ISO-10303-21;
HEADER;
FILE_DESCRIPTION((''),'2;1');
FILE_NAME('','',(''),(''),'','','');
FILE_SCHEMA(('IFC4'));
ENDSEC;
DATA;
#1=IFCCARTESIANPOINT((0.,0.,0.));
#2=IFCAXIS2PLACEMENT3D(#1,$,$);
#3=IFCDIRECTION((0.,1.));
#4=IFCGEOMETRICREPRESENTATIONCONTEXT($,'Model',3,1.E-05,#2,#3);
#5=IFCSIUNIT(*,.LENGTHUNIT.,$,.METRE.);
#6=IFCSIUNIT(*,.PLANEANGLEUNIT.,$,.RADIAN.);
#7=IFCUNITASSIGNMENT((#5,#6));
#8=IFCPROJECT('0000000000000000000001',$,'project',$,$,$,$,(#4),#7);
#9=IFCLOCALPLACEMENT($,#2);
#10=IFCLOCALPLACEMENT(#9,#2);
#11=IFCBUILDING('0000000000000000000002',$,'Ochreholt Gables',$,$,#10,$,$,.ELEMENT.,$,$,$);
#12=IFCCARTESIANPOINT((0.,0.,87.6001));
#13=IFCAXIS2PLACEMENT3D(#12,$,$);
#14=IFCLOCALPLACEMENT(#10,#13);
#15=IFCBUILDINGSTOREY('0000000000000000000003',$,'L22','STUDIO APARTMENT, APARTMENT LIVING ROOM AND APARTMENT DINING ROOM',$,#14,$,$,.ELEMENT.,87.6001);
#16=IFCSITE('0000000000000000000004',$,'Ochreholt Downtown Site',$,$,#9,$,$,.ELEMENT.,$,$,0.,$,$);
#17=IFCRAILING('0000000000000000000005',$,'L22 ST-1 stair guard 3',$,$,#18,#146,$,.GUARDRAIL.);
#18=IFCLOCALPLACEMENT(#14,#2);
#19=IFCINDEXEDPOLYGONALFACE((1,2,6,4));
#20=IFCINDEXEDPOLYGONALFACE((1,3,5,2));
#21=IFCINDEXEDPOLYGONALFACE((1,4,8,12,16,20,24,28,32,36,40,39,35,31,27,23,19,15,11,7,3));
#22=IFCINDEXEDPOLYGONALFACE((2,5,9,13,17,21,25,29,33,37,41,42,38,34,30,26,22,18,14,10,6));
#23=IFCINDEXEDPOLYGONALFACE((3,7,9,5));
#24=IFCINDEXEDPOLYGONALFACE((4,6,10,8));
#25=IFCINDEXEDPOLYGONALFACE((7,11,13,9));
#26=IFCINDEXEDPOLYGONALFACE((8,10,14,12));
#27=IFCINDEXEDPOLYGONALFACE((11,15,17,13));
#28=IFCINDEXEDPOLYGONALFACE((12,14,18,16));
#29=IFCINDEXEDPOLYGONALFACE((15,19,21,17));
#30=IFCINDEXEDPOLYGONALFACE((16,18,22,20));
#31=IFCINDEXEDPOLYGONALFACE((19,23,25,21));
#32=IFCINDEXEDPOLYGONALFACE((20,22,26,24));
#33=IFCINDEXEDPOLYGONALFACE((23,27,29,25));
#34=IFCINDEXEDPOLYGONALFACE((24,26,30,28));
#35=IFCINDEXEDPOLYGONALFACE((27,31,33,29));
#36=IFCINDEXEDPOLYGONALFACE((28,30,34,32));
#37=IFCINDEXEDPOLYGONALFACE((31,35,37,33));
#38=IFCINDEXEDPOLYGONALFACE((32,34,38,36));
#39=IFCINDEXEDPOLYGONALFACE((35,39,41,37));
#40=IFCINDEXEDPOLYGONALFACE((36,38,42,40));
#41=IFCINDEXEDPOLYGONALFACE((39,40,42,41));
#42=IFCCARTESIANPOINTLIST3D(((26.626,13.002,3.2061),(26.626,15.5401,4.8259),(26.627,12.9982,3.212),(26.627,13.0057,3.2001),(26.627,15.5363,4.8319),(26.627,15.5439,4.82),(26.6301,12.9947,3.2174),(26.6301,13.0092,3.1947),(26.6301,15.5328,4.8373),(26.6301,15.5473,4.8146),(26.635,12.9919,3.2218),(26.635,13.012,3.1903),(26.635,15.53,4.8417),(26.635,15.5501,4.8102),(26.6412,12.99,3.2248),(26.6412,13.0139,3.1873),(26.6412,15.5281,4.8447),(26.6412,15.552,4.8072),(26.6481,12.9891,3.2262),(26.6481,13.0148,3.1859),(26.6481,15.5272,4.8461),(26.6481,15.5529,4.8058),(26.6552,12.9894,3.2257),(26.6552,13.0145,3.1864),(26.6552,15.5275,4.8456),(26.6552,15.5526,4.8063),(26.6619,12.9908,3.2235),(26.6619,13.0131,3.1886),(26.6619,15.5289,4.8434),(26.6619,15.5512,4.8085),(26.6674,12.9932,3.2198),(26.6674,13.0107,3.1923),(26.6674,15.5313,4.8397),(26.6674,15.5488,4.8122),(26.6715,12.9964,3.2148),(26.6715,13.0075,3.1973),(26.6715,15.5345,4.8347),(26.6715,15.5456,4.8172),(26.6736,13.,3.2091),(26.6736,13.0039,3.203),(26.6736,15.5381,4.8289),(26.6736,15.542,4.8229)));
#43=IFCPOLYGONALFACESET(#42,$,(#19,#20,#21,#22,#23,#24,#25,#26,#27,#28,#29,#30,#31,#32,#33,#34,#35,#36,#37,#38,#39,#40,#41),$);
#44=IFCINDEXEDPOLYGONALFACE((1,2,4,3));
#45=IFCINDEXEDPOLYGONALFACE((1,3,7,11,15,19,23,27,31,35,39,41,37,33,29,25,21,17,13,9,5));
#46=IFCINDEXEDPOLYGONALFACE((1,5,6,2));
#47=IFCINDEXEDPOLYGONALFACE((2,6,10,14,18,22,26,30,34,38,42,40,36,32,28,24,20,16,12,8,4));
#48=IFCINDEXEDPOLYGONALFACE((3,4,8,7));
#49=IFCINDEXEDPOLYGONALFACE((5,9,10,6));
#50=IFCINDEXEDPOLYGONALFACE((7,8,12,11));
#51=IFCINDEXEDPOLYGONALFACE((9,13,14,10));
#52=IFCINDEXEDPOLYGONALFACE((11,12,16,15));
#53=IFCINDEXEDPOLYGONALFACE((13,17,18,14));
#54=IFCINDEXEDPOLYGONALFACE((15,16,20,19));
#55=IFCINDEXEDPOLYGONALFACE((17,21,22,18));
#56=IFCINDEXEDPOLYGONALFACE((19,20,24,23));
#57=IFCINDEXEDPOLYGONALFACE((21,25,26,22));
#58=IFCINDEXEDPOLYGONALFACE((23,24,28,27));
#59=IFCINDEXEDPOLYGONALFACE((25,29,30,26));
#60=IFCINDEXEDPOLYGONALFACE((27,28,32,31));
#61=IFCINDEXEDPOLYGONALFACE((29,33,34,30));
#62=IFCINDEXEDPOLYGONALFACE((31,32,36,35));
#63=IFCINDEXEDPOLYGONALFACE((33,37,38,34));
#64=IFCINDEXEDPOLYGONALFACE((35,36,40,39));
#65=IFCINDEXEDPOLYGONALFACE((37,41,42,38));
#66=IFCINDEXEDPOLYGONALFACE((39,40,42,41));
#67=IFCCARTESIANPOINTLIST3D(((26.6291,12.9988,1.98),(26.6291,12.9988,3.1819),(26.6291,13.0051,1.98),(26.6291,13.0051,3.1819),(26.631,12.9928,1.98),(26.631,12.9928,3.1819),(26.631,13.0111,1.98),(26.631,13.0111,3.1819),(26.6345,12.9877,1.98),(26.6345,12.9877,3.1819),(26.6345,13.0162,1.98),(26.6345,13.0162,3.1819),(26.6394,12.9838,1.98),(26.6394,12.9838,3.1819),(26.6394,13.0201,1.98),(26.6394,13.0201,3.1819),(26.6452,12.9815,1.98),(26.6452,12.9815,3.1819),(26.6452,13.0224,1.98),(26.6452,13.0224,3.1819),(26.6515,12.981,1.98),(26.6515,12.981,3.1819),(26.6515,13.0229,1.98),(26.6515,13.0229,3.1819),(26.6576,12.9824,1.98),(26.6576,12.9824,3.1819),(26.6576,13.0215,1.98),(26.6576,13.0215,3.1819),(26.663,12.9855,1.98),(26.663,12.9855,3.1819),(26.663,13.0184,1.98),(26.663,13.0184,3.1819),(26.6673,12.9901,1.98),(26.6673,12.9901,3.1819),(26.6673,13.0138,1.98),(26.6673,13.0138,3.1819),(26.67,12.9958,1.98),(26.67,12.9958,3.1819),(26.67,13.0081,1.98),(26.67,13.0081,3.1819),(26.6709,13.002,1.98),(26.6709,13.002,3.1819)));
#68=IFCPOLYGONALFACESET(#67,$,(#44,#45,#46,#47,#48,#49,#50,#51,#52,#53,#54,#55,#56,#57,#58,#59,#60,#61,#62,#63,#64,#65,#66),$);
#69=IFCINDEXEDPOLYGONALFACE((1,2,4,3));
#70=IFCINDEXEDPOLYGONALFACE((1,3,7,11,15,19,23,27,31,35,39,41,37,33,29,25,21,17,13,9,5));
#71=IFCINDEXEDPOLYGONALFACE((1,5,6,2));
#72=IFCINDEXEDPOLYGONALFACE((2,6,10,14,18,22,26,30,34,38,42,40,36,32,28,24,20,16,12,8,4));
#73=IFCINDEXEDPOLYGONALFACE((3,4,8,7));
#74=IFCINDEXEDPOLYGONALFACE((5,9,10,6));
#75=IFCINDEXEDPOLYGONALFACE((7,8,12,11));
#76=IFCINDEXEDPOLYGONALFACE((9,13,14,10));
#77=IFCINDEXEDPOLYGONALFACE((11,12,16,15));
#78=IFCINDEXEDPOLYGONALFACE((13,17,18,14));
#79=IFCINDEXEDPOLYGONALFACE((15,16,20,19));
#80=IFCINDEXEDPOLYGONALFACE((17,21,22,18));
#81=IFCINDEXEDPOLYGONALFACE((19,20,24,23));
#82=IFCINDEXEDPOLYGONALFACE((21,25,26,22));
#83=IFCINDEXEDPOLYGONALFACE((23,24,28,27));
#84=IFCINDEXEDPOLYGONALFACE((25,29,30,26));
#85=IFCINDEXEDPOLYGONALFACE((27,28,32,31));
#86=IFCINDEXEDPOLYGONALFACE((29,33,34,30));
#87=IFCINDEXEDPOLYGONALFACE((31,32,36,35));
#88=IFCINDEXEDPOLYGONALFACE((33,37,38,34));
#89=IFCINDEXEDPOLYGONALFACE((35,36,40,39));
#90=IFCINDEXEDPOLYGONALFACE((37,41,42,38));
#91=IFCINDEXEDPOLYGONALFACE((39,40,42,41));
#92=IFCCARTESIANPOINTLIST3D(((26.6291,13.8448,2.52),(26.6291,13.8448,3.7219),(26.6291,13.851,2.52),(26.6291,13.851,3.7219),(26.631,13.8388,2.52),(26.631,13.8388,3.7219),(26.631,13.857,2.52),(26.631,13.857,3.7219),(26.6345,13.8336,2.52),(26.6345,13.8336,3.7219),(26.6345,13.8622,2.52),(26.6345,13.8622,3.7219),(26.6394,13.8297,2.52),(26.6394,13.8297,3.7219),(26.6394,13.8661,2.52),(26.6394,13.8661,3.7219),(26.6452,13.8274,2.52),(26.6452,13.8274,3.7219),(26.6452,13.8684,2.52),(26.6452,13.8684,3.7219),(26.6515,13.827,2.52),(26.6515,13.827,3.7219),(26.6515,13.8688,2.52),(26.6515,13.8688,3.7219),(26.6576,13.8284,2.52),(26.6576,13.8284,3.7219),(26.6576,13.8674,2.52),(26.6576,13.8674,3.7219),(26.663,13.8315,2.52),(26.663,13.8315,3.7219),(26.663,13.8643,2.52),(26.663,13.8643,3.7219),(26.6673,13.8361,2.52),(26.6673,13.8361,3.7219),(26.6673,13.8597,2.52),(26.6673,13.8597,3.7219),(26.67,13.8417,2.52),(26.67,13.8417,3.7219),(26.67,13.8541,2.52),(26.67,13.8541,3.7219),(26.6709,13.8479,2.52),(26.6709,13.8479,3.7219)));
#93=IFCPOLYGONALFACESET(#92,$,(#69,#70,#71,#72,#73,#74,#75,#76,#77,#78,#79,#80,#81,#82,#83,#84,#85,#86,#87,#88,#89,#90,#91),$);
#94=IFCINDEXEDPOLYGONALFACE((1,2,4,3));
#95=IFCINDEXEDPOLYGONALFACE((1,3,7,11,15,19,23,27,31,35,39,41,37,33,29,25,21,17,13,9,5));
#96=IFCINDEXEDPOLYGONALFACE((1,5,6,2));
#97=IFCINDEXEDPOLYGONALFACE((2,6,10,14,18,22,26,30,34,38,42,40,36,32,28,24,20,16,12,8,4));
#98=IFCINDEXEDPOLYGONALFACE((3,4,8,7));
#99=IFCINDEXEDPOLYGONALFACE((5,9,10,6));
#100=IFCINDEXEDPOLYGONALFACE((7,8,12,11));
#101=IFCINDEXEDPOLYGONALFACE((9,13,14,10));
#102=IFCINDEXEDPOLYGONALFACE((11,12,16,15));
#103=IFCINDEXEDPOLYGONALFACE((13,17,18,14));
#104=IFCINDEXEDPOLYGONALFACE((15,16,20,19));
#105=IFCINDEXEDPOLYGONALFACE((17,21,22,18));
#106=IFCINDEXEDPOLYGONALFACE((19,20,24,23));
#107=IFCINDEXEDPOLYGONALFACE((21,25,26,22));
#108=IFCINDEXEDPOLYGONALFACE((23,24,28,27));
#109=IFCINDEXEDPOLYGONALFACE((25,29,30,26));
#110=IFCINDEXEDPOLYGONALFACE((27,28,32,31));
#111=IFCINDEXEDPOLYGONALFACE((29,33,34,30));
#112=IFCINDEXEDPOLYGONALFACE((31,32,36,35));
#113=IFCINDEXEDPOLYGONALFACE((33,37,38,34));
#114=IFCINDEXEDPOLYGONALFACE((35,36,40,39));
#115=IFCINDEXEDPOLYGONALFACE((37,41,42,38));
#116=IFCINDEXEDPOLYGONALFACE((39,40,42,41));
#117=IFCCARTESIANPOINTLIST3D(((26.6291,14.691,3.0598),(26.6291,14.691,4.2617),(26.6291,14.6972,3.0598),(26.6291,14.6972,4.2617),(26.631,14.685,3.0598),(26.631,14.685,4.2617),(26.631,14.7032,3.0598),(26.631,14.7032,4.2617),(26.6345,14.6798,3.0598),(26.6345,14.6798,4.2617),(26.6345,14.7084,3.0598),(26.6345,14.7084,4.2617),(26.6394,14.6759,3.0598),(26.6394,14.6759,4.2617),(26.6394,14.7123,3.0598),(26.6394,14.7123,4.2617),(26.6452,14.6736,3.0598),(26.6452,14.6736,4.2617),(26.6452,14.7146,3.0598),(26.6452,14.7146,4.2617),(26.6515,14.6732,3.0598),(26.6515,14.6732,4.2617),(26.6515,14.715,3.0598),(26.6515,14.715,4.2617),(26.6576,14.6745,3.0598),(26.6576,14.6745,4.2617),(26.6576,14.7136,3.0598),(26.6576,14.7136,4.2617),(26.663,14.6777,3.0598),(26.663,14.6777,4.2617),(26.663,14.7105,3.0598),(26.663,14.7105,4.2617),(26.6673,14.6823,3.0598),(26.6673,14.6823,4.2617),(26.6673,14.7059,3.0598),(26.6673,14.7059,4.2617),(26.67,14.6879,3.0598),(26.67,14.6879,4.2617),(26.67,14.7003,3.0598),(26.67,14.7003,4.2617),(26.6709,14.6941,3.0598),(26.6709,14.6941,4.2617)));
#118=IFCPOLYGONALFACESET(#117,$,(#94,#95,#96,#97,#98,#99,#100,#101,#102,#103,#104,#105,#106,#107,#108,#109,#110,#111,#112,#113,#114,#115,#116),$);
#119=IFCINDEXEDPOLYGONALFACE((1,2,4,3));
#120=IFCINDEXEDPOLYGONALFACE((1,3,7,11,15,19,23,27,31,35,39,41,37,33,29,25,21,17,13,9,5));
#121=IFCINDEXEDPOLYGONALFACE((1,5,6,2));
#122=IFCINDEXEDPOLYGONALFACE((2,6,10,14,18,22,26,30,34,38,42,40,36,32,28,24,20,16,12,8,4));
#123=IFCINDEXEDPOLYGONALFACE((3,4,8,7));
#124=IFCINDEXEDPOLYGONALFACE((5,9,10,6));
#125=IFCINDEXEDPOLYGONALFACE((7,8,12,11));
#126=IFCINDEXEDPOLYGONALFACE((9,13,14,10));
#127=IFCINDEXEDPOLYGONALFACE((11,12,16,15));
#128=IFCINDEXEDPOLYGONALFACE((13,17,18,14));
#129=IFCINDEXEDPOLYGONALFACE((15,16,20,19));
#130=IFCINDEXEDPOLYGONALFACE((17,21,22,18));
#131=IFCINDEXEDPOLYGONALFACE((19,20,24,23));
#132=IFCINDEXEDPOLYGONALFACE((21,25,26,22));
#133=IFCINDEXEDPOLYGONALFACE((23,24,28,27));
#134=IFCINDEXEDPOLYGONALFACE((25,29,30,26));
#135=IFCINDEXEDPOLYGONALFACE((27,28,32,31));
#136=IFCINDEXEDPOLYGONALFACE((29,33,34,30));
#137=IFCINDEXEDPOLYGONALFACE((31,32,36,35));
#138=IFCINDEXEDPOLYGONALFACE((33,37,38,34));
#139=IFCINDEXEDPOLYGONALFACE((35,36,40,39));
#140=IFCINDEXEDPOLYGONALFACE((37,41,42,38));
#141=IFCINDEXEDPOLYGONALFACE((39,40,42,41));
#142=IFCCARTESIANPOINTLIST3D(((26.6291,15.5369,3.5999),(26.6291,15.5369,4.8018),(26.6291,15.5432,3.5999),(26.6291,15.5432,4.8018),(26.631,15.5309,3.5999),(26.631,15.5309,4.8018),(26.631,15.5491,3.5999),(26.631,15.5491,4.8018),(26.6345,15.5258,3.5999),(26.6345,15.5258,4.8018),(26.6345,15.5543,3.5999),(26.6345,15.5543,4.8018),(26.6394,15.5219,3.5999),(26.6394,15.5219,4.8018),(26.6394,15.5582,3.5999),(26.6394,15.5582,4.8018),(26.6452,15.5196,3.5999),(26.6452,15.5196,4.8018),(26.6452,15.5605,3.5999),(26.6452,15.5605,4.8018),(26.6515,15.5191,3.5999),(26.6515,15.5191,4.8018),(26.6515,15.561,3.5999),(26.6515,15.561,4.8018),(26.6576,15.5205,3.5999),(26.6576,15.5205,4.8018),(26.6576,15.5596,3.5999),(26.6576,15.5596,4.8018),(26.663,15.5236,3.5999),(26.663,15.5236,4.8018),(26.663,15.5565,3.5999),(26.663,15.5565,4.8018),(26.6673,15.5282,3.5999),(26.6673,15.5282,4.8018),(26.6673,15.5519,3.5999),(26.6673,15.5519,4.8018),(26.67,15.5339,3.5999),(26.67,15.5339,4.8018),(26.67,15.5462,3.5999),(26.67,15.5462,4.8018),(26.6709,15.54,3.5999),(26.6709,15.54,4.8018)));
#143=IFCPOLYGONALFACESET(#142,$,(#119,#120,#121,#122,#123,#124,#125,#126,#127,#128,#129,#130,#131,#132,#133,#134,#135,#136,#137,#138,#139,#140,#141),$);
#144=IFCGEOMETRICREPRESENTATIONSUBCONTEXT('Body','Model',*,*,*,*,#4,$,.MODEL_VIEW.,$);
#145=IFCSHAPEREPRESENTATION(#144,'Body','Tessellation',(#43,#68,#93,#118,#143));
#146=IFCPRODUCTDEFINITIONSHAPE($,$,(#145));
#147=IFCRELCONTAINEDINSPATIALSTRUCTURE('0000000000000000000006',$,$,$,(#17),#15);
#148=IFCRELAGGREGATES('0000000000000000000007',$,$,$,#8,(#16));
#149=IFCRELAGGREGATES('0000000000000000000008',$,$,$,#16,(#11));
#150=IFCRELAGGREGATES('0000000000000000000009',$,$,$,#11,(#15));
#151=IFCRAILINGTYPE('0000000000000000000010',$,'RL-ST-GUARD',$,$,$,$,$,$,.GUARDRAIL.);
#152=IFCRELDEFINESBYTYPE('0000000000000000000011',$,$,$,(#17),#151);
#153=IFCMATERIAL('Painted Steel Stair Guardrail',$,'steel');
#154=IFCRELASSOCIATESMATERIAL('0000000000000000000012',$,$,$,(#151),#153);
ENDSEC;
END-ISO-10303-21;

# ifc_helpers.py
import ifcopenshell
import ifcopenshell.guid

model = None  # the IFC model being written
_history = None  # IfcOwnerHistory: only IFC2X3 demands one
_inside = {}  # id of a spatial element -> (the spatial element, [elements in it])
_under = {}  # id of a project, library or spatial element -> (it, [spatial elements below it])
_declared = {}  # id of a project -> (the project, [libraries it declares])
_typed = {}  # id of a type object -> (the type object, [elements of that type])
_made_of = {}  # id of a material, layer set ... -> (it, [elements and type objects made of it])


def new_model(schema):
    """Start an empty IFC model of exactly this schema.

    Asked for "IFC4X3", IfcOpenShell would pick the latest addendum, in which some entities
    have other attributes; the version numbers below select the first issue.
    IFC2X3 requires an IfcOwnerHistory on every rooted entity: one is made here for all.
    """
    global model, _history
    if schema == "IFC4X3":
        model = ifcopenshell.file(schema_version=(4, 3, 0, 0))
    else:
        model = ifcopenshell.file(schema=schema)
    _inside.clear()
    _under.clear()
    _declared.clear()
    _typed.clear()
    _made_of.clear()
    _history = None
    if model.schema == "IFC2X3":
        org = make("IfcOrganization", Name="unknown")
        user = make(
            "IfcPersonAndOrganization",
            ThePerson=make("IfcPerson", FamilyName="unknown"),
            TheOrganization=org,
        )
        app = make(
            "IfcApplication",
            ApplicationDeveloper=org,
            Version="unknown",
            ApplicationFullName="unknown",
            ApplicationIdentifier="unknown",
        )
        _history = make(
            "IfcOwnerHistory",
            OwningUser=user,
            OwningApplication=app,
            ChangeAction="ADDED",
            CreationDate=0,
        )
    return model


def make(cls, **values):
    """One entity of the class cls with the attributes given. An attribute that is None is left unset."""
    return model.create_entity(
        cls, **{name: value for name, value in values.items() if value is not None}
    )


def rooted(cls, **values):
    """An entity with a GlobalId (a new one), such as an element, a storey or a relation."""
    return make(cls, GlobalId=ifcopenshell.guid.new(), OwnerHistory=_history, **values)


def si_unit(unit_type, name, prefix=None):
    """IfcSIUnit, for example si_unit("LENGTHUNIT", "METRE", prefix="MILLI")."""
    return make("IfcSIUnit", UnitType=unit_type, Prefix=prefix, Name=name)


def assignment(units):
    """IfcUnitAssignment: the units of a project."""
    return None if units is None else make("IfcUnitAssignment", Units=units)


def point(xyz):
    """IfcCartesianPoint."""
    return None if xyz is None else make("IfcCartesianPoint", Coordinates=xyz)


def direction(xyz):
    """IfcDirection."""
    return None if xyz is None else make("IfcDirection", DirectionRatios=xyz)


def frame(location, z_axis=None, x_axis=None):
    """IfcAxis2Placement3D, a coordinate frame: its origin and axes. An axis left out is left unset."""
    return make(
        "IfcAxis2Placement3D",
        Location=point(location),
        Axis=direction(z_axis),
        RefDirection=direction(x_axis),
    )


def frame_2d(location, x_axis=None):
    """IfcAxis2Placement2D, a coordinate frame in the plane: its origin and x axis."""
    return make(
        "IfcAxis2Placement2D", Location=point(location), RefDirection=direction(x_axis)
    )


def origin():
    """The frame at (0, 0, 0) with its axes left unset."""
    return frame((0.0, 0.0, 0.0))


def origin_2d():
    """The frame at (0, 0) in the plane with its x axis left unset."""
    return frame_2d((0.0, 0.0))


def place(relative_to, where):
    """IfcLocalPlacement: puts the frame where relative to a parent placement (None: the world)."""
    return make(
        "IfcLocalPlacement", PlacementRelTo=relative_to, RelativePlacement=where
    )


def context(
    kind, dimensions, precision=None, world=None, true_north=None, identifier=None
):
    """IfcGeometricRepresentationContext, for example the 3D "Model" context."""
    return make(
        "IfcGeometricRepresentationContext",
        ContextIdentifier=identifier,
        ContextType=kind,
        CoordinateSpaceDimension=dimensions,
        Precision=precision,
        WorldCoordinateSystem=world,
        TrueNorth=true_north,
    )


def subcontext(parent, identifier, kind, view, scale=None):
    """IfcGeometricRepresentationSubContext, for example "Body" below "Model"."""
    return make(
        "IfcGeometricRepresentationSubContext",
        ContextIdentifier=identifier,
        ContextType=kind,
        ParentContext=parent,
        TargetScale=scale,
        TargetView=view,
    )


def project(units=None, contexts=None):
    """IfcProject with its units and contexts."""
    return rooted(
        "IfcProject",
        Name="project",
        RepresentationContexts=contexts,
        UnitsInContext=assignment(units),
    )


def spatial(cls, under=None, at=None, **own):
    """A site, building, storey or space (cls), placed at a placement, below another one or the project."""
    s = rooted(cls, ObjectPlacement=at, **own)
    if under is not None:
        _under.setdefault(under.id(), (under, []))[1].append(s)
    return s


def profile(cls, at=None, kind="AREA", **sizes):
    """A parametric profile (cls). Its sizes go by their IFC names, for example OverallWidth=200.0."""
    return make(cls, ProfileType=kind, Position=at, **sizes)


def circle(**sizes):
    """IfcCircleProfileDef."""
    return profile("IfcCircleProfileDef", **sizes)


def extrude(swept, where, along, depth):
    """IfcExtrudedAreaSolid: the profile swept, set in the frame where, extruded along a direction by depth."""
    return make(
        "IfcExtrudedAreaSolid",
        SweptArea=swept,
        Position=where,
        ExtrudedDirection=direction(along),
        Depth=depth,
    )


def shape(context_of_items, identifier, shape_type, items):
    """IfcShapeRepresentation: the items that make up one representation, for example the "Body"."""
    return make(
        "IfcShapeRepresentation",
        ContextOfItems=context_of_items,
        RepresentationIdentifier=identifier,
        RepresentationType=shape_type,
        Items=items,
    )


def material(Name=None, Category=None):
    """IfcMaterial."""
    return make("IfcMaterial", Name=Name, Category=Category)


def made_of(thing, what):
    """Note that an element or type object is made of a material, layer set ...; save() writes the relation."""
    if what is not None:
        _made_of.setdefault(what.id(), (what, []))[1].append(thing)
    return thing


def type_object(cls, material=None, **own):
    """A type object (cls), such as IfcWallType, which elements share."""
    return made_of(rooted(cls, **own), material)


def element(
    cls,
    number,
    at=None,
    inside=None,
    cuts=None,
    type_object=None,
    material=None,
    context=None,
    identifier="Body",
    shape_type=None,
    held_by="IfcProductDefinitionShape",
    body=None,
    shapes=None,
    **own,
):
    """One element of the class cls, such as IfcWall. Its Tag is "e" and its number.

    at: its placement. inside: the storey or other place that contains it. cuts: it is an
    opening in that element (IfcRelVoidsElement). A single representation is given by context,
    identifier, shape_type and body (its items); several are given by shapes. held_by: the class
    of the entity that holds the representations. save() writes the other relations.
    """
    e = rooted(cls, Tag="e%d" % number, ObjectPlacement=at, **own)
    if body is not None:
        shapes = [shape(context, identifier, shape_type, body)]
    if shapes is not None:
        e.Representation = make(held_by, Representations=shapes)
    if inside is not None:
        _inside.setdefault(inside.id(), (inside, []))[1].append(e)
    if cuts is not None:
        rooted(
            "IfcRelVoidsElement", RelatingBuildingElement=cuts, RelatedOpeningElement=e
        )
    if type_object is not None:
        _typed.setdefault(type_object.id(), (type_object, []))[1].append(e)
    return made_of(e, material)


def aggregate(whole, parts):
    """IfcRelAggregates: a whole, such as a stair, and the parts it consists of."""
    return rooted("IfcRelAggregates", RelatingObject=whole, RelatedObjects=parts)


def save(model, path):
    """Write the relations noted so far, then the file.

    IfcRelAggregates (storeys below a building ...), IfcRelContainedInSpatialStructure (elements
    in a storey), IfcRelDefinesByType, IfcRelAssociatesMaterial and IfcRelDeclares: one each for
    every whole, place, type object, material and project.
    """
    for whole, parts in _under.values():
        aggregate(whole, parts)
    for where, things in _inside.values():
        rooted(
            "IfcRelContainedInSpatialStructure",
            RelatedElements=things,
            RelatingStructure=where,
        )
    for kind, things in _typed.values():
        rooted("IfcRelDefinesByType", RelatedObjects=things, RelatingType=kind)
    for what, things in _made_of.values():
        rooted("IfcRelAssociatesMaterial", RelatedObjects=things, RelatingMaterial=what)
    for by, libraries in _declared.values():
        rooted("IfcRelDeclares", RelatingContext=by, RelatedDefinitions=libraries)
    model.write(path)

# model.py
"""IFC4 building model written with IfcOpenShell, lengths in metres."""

from ifc_helpers import new_model, si_unit, direction, frame, origin, origin_2d, place, context, subcontext, project, spatial, circle, extrude, material, type_object, element, save


model = new_model("IFC4")

# Units and contexts
model_context = context("Model", 3, precision=1e-05, world=origin(), true_north=direction((0.0, 1.0)))
body_context = subcontext(model_context, "Body", "Model", "MODEL_VIEW")
ifc_project = project(units=[si_unit("LENGTHUNIT", "METRE"), si_unit("PLANEANGLEUNIT", "RADIAN")], contexts=[model_context])

# Site, building, storey
site_placement = place(None, origin())
site = spatial("IfcSite", under=ifc_project, at=site_placement, Name="Ochreholt Downtown Site", CompositionType="ELEMENT", RefElevation=0.0)
building_placement = place(site_placement, origin())
building = spatial("IfcBuilding", under=site, at=building_placement, Name="Ochreholt Gables", CompositionType="ELEMENT")
storey_placement = place(building_placement, frame((0.0, 0.0, 87.6001)))
storey = spatial("IfcBuildingStorey", under=building, at=storey_placement, Name="L22", Description="STUDIO APARTMENT, APARTMENT LIVING ROOM AND APARTMENT DINING ROOM", CompositionType="ELEMENT", Elevation=87.6001)

# Railing
ifc_material_1 = material(Name="Painted Steel Stair Guardrail", Category="steel")
railing_type_1 = type_object("IfcRailingType", Name="RL-ST-GUARD", PredefinedType="GUARDRAIL", material=ifc_material_1)
railing_1_placement = place(storey_placement, frame((26.6499, 13.002, 1.98)))
element("IfcRailing", 1, at=railing_1_placement, inside=storey, type_object=railing_type_1, Name="L22 ST-1 stair guard 3", PredefinedType="GUARDRAIL", context=body_context, shape_type="SweptSolid", body=[
    extrude(circle(Radius=0.0239, at=origin_2d()), frame((0.0, 0.0, 1.2261), z_axis=(0.0, 0.84295, 0.537993), x_axis=(-1.0, 0.0, 0.0)), (0.0, 0.0, 1.0), 3.011),
    extrude(circle(Radius=0.021, at=origin_2d()), origin(), (0.0, 0.0, 1.0), 1.2019),
    extrude(circle(Radius=0.021, at=origin_2d()), frame((0.0, 0.8459, 0.54)), (0.0, 0.0, 1.0), 1.2019),
    extrude(circle(Radius=0.021, at=origin_2d()), frame((0.0, 1.6921, 1.0798)), (0.0, 0.0, 1.0), 1.2019),
    extrude(circle(Radius=0.021, at=origin_2d()), frame((0.0, 2.5381, 1.6199)), (0.0, 0.0, 1.0), 1.2019),
])

save(model, "model.ifc")
